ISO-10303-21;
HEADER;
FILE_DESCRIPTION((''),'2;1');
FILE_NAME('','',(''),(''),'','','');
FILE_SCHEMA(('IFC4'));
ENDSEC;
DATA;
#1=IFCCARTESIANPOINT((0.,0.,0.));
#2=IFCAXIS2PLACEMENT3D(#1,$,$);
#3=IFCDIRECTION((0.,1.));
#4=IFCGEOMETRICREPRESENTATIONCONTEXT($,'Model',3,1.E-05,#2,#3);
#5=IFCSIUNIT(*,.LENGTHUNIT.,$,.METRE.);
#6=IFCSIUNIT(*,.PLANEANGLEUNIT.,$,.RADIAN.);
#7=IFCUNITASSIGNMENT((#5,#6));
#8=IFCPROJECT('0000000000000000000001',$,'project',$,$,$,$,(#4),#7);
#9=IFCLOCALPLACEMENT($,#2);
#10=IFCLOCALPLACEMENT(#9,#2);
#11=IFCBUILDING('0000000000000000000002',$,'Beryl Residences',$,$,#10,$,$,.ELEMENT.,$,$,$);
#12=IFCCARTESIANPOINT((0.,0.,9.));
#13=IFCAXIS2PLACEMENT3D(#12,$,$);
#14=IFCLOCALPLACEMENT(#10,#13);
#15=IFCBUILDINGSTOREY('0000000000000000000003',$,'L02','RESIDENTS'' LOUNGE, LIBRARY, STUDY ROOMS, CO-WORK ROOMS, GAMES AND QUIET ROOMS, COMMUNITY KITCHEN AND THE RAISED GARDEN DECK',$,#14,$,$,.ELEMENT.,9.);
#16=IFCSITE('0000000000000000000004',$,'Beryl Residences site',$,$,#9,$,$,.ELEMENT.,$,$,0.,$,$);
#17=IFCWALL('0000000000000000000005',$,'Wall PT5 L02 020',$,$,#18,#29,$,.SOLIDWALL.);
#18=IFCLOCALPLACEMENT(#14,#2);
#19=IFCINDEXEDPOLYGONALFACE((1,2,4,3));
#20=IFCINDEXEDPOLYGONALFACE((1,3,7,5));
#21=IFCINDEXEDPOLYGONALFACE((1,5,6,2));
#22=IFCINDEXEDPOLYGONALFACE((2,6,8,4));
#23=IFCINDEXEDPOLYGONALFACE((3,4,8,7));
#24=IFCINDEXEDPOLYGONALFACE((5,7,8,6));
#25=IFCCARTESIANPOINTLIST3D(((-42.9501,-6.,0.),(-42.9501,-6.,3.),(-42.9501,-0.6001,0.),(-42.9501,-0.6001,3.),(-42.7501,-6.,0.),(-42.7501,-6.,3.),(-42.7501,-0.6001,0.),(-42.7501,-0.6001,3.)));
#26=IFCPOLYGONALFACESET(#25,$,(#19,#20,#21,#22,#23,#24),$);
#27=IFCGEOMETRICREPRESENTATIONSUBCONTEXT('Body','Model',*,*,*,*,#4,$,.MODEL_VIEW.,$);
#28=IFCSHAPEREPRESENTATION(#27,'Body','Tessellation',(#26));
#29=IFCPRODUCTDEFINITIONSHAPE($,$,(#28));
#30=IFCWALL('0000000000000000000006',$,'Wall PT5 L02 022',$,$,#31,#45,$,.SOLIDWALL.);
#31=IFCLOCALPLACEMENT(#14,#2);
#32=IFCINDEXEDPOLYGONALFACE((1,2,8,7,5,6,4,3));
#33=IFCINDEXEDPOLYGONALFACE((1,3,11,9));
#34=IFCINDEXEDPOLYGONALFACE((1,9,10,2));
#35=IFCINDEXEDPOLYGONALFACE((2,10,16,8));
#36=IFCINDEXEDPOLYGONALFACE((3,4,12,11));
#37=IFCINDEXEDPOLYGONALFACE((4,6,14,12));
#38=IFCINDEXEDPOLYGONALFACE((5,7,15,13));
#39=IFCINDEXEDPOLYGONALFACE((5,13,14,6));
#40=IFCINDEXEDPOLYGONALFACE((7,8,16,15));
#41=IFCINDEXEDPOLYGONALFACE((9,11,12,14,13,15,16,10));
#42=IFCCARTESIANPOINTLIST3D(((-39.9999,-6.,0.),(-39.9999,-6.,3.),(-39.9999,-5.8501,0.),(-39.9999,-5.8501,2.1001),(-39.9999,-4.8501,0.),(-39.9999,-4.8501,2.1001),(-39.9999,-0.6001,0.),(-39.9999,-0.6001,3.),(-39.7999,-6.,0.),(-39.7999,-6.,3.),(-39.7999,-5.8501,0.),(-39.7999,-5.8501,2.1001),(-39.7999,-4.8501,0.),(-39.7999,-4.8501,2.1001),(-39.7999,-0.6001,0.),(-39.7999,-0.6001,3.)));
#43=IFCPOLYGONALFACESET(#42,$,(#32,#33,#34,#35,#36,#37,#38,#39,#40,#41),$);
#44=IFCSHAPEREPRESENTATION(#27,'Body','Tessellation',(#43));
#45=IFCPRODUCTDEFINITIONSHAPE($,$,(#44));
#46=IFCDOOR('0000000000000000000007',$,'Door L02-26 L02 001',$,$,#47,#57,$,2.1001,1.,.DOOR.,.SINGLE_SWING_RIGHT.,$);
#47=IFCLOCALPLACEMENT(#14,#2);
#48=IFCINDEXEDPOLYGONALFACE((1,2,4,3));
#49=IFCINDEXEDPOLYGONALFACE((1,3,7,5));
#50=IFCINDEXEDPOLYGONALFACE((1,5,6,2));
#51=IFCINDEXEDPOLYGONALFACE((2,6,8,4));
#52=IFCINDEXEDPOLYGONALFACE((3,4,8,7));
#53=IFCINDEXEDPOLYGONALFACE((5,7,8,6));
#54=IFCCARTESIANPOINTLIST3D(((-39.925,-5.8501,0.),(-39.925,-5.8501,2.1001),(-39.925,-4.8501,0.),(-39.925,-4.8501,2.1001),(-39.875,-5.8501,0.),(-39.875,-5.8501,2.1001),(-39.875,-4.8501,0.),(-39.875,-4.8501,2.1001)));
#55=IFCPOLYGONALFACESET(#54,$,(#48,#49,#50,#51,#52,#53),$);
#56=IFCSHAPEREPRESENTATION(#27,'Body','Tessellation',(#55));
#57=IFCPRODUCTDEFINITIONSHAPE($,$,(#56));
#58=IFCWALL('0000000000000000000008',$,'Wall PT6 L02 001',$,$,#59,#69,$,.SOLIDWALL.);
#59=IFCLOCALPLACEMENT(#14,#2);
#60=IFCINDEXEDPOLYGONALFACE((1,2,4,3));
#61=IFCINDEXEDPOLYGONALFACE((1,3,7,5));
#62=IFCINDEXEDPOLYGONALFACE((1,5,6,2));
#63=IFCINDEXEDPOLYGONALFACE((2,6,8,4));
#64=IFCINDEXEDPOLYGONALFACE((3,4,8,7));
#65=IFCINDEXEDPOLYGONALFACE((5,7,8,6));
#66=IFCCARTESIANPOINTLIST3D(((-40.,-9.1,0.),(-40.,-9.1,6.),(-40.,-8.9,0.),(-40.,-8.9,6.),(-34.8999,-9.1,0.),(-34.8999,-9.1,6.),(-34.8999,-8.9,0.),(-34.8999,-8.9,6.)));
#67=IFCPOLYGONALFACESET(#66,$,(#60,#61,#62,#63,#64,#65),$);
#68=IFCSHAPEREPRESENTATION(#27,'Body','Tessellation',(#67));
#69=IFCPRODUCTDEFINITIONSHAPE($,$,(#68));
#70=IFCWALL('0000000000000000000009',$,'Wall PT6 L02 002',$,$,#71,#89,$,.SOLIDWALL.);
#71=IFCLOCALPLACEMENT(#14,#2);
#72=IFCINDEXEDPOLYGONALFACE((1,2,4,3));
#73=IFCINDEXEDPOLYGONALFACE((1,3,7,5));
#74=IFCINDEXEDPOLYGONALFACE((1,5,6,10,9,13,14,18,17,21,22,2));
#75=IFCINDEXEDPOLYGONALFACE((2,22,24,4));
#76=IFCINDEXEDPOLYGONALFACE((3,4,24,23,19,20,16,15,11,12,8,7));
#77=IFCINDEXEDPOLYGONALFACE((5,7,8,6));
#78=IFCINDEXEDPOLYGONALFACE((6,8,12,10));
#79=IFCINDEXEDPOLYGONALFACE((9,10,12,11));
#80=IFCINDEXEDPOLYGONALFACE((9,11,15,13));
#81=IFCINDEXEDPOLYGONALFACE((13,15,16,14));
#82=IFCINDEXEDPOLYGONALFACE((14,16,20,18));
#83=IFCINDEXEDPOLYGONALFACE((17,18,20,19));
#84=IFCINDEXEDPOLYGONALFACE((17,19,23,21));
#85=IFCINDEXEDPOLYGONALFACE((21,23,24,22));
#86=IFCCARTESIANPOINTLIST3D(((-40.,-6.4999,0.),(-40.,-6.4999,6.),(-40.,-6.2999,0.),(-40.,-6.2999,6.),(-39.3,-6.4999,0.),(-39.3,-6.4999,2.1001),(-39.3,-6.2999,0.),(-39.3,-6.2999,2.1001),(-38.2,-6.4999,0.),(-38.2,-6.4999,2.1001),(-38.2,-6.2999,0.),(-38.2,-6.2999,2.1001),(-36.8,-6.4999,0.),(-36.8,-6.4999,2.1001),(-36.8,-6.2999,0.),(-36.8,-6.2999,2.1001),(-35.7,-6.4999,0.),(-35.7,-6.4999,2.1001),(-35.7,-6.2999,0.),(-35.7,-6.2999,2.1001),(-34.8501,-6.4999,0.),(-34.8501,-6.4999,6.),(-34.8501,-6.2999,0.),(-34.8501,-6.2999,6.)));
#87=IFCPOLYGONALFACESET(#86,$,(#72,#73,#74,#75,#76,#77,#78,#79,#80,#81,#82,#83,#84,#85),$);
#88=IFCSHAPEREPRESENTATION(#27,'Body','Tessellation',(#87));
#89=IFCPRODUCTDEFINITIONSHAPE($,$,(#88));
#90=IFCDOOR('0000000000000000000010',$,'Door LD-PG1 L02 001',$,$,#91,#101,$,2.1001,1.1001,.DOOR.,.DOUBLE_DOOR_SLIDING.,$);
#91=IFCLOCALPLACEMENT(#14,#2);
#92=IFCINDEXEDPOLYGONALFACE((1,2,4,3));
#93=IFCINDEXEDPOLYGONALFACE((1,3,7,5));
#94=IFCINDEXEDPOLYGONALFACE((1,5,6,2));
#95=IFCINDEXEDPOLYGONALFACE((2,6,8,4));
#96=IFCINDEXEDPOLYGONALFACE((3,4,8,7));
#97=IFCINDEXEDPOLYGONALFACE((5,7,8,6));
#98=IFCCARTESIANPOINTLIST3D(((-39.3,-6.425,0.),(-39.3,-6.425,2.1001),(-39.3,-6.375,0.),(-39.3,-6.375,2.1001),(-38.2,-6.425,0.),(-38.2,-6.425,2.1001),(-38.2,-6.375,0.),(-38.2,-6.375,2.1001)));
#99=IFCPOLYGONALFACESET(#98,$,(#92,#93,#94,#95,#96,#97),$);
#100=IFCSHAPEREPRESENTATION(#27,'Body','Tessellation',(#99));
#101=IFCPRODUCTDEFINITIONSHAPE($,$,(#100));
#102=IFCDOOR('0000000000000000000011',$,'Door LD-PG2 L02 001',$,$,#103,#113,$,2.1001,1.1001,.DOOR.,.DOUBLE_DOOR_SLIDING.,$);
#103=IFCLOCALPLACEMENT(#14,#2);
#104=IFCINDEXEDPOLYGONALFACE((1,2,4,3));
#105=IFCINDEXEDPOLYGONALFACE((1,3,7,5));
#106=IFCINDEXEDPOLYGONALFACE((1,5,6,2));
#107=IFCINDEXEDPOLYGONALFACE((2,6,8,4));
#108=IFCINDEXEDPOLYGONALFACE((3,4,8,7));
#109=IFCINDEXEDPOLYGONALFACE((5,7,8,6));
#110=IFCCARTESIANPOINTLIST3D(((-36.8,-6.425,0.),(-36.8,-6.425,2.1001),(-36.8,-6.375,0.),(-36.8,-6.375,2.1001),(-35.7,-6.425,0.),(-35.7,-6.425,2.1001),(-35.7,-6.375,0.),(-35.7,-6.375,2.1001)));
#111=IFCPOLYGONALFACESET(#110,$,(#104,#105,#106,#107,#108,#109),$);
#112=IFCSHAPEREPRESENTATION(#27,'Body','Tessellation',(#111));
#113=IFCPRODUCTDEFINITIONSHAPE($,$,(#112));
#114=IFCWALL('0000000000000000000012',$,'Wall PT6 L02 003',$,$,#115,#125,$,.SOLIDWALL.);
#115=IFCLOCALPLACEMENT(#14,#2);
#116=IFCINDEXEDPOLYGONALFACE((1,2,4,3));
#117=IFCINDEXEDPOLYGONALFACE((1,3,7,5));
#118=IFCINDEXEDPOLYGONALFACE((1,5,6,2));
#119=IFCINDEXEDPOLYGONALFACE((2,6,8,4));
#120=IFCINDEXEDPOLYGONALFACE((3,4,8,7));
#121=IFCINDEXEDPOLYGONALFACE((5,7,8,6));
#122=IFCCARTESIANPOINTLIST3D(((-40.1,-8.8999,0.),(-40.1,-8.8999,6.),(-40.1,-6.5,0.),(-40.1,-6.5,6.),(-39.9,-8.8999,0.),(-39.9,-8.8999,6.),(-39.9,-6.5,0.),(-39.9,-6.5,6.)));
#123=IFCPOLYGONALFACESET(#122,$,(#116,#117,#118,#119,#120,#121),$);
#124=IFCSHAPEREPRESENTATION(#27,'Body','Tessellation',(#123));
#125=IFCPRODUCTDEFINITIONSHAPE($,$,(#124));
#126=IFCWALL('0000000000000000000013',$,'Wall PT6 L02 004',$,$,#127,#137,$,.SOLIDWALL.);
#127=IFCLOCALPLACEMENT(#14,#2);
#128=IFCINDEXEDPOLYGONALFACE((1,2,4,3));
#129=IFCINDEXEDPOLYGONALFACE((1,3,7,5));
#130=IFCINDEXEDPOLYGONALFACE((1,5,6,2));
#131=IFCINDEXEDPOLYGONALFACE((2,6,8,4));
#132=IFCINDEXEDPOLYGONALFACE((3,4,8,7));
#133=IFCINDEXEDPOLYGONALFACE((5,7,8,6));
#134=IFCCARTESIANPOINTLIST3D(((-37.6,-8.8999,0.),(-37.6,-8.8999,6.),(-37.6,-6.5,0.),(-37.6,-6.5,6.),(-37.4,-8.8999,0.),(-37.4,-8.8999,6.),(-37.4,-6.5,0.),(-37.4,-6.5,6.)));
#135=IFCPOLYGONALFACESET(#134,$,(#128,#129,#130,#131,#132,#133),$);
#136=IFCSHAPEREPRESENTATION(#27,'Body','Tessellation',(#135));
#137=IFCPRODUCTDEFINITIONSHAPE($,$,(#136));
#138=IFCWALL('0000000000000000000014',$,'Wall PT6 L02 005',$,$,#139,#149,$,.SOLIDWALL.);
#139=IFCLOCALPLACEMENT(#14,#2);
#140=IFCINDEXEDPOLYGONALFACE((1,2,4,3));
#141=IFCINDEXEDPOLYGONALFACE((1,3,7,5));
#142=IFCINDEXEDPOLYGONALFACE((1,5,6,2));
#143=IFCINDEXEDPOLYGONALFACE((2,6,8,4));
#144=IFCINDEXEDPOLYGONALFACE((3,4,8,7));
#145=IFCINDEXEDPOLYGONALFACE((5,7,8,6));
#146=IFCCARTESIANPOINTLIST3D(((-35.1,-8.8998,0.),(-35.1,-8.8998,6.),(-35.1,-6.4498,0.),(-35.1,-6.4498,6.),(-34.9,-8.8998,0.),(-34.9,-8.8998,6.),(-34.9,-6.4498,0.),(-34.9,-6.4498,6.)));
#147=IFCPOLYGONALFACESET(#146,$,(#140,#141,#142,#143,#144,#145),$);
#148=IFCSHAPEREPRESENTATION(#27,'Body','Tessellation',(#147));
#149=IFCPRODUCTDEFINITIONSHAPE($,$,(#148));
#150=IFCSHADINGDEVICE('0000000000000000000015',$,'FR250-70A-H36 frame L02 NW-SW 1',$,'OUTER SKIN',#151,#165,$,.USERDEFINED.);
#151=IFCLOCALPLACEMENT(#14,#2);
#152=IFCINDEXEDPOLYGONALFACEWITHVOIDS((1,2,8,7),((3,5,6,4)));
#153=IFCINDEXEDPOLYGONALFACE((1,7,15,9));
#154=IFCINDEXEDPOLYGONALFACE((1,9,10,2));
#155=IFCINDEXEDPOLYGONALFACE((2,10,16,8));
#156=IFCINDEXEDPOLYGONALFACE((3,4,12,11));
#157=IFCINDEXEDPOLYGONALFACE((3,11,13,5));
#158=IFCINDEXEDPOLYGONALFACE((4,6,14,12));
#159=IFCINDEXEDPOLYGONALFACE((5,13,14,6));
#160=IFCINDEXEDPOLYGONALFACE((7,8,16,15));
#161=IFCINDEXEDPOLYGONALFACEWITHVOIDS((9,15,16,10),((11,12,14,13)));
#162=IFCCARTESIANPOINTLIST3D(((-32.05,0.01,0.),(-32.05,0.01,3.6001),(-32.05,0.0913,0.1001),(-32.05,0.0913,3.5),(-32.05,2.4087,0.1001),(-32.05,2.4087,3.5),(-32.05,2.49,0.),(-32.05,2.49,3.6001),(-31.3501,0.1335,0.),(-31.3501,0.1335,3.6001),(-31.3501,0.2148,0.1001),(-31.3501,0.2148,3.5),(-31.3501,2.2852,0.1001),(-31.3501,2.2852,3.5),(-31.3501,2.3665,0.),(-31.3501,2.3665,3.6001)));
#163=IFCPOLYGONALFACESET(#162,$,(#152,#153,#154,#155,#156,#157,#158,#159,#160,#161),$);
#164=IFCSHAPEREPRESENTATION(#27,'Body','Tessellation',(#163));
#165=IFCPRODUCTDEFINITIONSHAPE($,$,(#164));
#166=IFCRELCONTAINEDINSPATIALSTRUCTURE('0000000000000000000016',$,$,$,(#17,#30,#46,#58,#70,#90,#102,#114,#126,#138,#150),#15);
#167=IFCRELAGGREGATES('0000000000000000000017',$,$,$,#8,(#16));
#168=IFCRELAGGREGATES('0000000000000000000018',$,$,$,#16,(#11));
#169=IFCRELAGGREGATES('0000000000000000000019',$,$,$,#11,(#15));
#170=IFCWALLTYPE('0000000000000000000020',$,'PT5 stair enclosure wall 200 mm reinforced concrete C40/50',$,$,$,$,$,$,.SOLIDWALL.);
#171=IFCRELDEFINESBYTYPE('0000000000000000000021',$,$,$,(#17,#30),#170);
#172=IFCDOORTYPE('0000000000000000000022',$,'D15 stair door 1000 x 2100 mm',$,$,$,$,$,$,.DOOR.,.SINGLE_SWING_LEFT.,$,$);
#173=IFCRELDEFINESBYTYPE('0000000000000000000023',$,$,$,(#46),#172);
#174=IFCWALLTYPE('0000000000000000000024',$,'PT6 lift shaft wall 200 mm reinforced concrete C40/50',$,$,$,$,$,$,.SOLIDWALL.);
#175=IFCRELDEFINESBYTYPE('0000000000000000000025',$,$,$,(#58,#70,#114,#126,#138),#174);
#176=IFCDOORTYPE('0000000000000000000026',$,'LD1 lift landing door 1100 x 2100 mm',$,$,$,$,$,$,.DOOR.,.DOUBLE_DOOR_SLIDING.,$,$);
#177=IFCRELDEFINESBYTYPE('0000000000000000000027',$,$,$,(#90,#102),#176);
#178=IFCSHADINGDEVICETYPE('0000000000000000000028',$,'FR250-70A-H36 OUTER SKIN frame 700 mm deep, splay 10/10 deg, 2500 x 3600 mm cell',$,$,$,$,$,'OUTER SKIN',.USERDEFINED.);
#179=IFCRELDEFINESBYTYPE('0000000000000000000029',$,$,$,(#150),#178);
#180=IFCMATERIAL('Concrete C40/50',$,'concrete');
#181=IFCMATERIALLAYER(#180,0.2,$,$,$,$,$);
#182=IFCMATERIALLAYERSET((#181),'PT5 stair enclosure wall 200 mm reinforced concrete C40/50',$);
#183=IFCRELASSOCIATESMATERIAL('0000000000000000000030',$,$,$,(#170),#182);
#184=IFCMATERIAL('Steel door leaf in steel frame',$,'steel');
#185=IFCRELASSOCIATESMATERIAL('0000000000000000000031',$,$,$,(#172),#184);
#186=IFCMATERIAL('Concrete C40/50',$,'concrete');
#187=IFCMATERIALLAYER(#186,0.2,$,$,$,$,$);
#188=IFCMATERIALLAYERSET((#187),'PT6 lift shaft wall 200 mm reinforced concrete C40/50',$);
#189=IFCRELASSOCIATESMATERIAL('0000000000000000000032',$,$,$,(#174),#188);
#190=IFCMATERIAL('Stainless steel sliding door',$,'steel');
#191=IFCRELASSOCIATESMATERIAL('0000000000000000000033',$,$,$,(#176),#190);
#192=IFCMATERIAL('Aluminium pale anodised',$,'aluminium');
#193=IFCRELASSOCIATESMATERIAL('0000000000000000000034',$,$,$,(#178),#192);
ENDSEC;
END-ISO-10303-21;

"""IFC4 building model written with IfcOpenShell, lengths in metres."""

from ifc_helpers import new_model, entity, si_unit, direction, frame, frame_2d, origin, place, context, subcontext, project, spatial, rectangle, extrude, source, transform, mapped, material, layer, layer_set, type_object, type_shapes, element, fill, save


model = new_model("IFC4")

# Units and contexts
model_context = context("Model", 3, precision=1e-05, world=origin(), true_north=direction((0.0, 1.0)))
body_context = subcontext(model_context, "Body", "Model", "MODEL_VIEW")
ifc_project = project(units=[si_unit("LENGTHUNIT", "METRE"), si_unit("PLANEANGLEUNIT", "RADIAN")], contexts=[model_context])

# Site, building, storey
site_placement = place(None, origin())
site = spatial("IfcSite", under=ifc_project, at=site_placement, Name="Beryl Residences site", CompositionType="ELEMENT", RefElevation=0.0)
building_placement = place(site_placement, origin())
building = spatial("IfcBuilding", under=site, at=building_placement, Name="Beryl Residences", CompositionType="ELEMENT")
storey_placement = place(building_placement, frame((0.0, 0.0, 9.0)))
storey = spatial("IfcBuildingStorey", under=building, at=storey_placement, Name="L02", Description="RESIDENTS' LOUNGE, LIBRARY, STUDY ROOMS, CO-WORK ROOMS, GAMES AND QUIET ROOMS, COMMUNITY KITCHEN AND THE RAISED GARDEN DECK", CompositionType="ELEMENT", Elevation=9.0)

# Wall
ifc_material_1 = material(Name="Concrete C40/50", Category="concrete")
ifc_layer_1 = layer(ifc_material_1, 0.2)
ifc_layer_set_1 = layer_set([ifc_layer_1], Name="PT5 stair enclosure wall 200 mm reinforced concrete C40/50")
wall_type_1 = type_object("IfcWallType", Name="PT5 stair enclosure wall 200 mm reinforced concrete C40/50", PredefinedType="SOLIDWALL", material=ifc_layer_set_1)
wall_1_placement = place(storey_placement, frame((-42.8501, -6.0, 0.0), z_axis=(0.0, 0.0, 1.0), x_axis=(0.0, 1.0, 0.0)))
element("IfcWall", 1, at=wall_1_placement, inside=storey, type_object=wall_type_1, Name="Wall PT5 L02 020", PredefinedType="SOLIDWALL", context=body_context, shape_type="SweptSolid", body=[
    extrude(rectangle(XDim=5.3999, YDim=0.2, at=frame_2d((2.7, 0.0))), origin(), (0.0, 0.0, 1.0), 3.0),
])

# Wall, opening, door
wall_2_placement = place(storey_placement, frame((-39.8999, -6.0, 0.0), z_axis=(0.0, 0.0, 1.0), x_axis=(0.0, 1.0, 0.0)))
wall_2 = element("IfcWall", 2, at=wall_2_placement, inside=storey, type_object=wall_type_1, Name="Wall PT5 L02 022", PredefinedType="SOLIDWALL", context=body_context, shape_type="SweptSolid", body=[
    extrude(rectangle(XDim=5.3999, YDim=0.2, at=frame_2d((2.7, 0.0))), origin(), (0.0, 0.0, 1.0), 3.0),
])
opening_1_placement = place(wall_2_placement, frame((1.1499, 0.0, 0.0), z_axis=(0.0, 0.0, 1.0), x_axis=(-1.0, 0.0, 0.0)))
opening_1 = element("IfcOpeningElement", 3, at=opening_1_placement, cuts=wall_2, PredefinedType="OPENING", context=body_context, shape_type="SweptSolid", body=[
    extrude(rectangle(XDim=1.0, YDim=2.1001, at=frame_2d((0.5, 1.05))), frame((0.0, 0.1099, 0.0), z_axis=(0.0, -1.0, 0.0), x_axis=(1.0, 0.0, 0.0)), (0.0, 0.0, 1.0), 0.22),
])
ifc_material_2 = material(Name="Steel door leaf in steel frame", Category="steel")
door_type_1 = type_object("IfcDoorType", Name="D15 stair door 1000 x 2100 mm", OperationType="SINGLE_SWING_LEFT", PredefinedType="DOOR", material=ifc_material_2)
door_1_placement = place(opening_1_placement, origin())
door_1 = element("IfcDoor", 4, at=door_1_placement, inside=storey, type_object=door_type_1, Name="Door L02-26 L02 001", OperationType="SINGLE_SWING_RIGHT", OverallHeight=2.1001, OverallWidth=1.0, PredefinedType="DOOR", context=body_context, shape_type="SweptSolid", body=[
    extrude(rectangle(XDim=1.0, YDim=2.1001, at=frame_2d((0.5, 1.05))), frame((0.0, 0.0249, 0.0), z_axis=(0.0, -1.0, 0.0), x_axis=(1.0, 0.0, 0.0)), (0.0, 0.0, 1.0), 0.05),
])
fill(opening_1, door_1)

# Wall
ifc_material_3 = material(Name="Concrete C40/50", Category="concrete")
ifc_layer_2 = layer(ifc_material_3, 0.2)
ifc_layer_set_2 = layer_set([ifc_layer_2], Name="PT6 lift shaft wall 200 mm reinforced concrete C40/50")
wall_type_2 = type_object("IfcWallType", Name="PT6 lift shaft wall 200 mm reinforced concrete C40/50", PredefinedType="SOLIDWALL", material=ifc_layer_set_2)
wall_3_placement = place(storey_placement, frame((-40.0, -9.0, 0.0), z_axis=(0.0, 0.0, 1.0), x_axis=(1.0, 0.0, 0.0)))
element("IfcWall", 5, at=wall_3_placement, inside=storey, type_object=wall_type_2, Name="Wall PT6 L02 001", PredefinedType="SOLIDWALL", context=body_context, shape_type="SweptSolid", body=[
    extrude(rectangle(XDim=5.1001, YDim=0.2, at=frame_2d((2.55, 0.0))), origin(), (0.0, 0.0, 1.0), 6.0),
])

# Wall, openings, doors
wall_4_placement = place(storey_placement, frame((-40.0, -6.3999, 0.0), z_axis=(0.0, 0.0, 1.0), x_axis=(1.0, 0.0, 0.0)))
wall_4 = element("IfcWall", 6, at=wall_4_placement, inside=storey, type_object=wall_type_2, Name="Wall PT6 L02 002", PredefinedType="SOLIDWALL", context=body_context, shape_type="SweptSolid", body=[
    extrude(rectangle(XDim=5.1499, YDim=0.2, at=frame_2d((2.575, 0.0))), origin(), (0.0, 0.0, 1.0), 6.0),
])
opening_2_placement = place(wall_4_placement, frame((0.7, 0.0, 0.0)))
opening_2 = element("IfcOpeningElement", 7, at=opening_2_placement, cuts=wall_4, PredefinedType="OPENING", context=body_context, shape_type="SweptSolid", body=[
    extrude(rectangle(XDim=1.1001, YDim=2.1001, at=frame_2d((0.55, 1.05))), frame((0.0, 0.1099, 0.0), z_axis=(0.0, -1.0, 0.0), x_axis=(1.0, 0.0, 0.0)), (0.0, 0.0, 1.0), 0.22),
])
opening_3_placement = place(wall_4_placement, frame((3.2, 0.0, 0.0)))
opening_3 = element("IfcOpeningElement", 8, at=opening_3_placement, cuts=wall_4, PredefinedType="OPENING", context=body_context, shape_type="SweptSolid", body=[
    extrude(rectangle(XDim=1.1001, YDim=2.1001, at=frame_2d((0.55, 1.05))), frame((0.0, 0.1099, 0.0), z_axis=(0.0, -1.0, 0.0), x_axis=(1.0, 0.0, 0.0)), (0.0, 0.0, 1.0), 0.22),
])
ifc_material_4 = material(Name="Stainless steel sliding door", Category="steel")
door_type_2 = type_object("IfcDoorType", Name="LD1 lift landing door 1100 x 2100 mm", OperationType="DOUBLE_DOOR_SLIDING", PredefinedType="DOOR", material=ifc_material_4)
door_2_placement = place(opening_2_placement, origin())
door_2 = element("IfcDoor", 9, at=door_2_placement, inside=storey, type_object=door_type_2, Name="Door LD-PG1 L02 001", OperationType="DOUBLE_DOOR_SLIDING", OverallHeight=2.1001, OverallWidth=1.1001, PredefinedType="DOOR", context=body_context, shape_type="SweptSolid", body=[
    extrude(rectangle(XDim=1.1001, YDim=2.1001, at=frame_2d((0.55, 1.05))), frame((0.0, 0.0249, 0.0), z_axis=(0.0, -1.0, 0.0), x_axis=(1.0, 0.0, 0.0)), (0.0, 0.0, 1.0), 0.05),
])
fill(opening_2, door_2)
door_3_placement = place(opening_3_placement, origin())
door_3 = element("IfcDoor", 10, at=door_3_placement, inside=storey, type_object=door_type_2, Name="Door LD-PG2 L02 001", OperationType="DOUBLE_DOOR_SLIDING", OverallHeight=2.1001, OverallWidth=1.1001, PredefinedType="DOOR", context=body_context, shape_type="SweptSolid", body=[
    extrude(rectangle(XDim=1.1001, YDim=2.1001, at=frame_2d((0.55, 1.05))), frame((0.0, 0.0249, 0.0), z_axis=(0.0, -1.0, 0.0), x_axis=(1.0, 0.0, 0.0)), (0.0, 0.0, 1.0), 0.05),
])
fill(opening_3, door_3)

# Walls
for number, where, z_axis, x_axis, name in (
    (11, (-40.0, -8.8999, 0.0), (0.0, 0.0, 1.0), (0.0, 1.0, 0.0), "Wall PT6 L02 003"),
    (12, (-37.5, -8.8999, 0.0), (0.0, 0.0, 1.0), (0.0, 1.0, 0.0), "Wall PT6 L02 004"),
):
    element("IfcWall", number, at=place(storey_placement, frame(where, z_axis=z_axis, x_axis=x_axis)), inside=storey, type_object=wall_type_2, Name=name, PredefinedType="SOLIDWALL", context=body_context, shape_type="SweptSolid", body=[
        extrude(rectangle(XDim=2.3999, YDim=0.2, at=frame_2d((1.2, 0.0))), origin(), (0.0, 0.0, 1.0), 6.0),
    ])
wall_5_placement = place(storey_placement, frame((-35.0, -8.8999, 0.0), z_axis=(0.0, 0.0, 1.0), x_axis=(0.0, 1.0, 0.0)))
element("IfcWall", 13, at=wall_5_placement, inside=storey, type_object=wall_type_2, Name="Wall PT6 L02 005", PredefinedType="SOLIDWALL", context=body_context, shape_type="SweptSolid", body=[
    extrude(rectangle(XDim=2.45, YDim=0.2, at=frame_2d((1.2251, 0.0))), origin(), (0.0, 0.0, 1.0), 6.0),
])

# Shading device
ifc_material_5 = material(Name="Aluminium pale anodised", Category="aluminium")
shading_device_type = type_object("IfcShadingDeviceType", Name="FR250-70A-H36 OUTER SKIN frame 700 mm deep, splay 10/10 deg, 2500 x 3600 mm cell", ElementType="OUTER SKIN", PredefinedType="USERDEFINED", material=ifc_material_5)
cartesian_point_1 = entity("IfcCartesianPoint", [-1.1165, 0.0])
cartesian_point_2 = entity("IfcCartesianPoint", [-1.0352, 0.1001])
cartesian_point_3 = entity("IfcCartesianPoint", [-1.24, 0.0])
cartesian_point_4 = entity("IfcCartesianPoint", [-1.1587, 0.1001])
shared_shape_1 = source(origin(), body_context, "Body", "SweptSolid", [
    entity("IfcExtrudedAreaSolidTapered", entity("IfcArbitraryProfileDefWithVoids", "AREA", None, entity("IfcPolyline", [cartesian_point_1, entity("IfcCartesianPoint", [1.1165, 0.0]), entity("IfcCartesianPoint", [1.1165, 3.6001]), entity("IfcCartesianPoint", [-1.1165, 3.6001]), cartesian_point_1]), [entity("IfcPolyline", [cartesian_point_2, entity("IfcCartesianPoint", [1.0352, 0.1001]), entity("IfcCartesianPoint", [1.0352, 3.5]), entity("IfcCartesianPoint", [-1.0352, 3.5]), cartesian_point_2])]), entity("IfcAxis2Placement3D", entity("IfcCartesianPoint", [0.0, 0.0, 0.0]), entity("IfcDirection", [0.0, 1.0, 0.0]), entity("IfcDirection", [-1.0, 0.0, 0.0])), entity("IfcDirection", [0.0, 0.0, 1.0]), 0.7, entity("IfcArbitraryProfileDefWithVoids", "AREA", None, entity("IfcPolyline", [cartesian_point_3, entity("IfcCartesianPoint", [1.24, 0.0]), entity("IfcCartesianPoint", [1.24, 3.6001]), entity("IfcCartesianPoint", [-1.24, 3.6001]), cartesian_point_3]), [entity("IfcPolyline", [cartesian_point_4, entity("IfcCartesianPoint", [1.1587, 0.1001]), entity("IfcCartesianPoint", [1.1587, 3.5]), entity("IfcCartesianPoint", [-1.1587, 3.5]), cartesian_point_4])])),
])
type_shapes(shading_device_type, [shared_shape_1])
for number, where, z_axis, x_axis, name in (
    (14, (-31.3501, 1.25, 0.0), (0.0, 0.0, 1.0), (0.0, 1.0, 0.0), "FR250-70A-H36 frame L02 NW-SW 1"),
):
    element("IfcShadingDevice", number, at=place(storey_placement, frame(where, z_axis=z_axis, x_axis=x_axis)), inside=storey, type_object=shading_device_type, Name=name, ObjectType="OUTER SKIN", PredefinedType="USERDEFINED", context=body_context, shape_type="MappedRepresentation", body=[
        mapped(shared_shape_1, transform((0.0, 0.0, 0.0))),
    ])

save(model, "model.ifc")
